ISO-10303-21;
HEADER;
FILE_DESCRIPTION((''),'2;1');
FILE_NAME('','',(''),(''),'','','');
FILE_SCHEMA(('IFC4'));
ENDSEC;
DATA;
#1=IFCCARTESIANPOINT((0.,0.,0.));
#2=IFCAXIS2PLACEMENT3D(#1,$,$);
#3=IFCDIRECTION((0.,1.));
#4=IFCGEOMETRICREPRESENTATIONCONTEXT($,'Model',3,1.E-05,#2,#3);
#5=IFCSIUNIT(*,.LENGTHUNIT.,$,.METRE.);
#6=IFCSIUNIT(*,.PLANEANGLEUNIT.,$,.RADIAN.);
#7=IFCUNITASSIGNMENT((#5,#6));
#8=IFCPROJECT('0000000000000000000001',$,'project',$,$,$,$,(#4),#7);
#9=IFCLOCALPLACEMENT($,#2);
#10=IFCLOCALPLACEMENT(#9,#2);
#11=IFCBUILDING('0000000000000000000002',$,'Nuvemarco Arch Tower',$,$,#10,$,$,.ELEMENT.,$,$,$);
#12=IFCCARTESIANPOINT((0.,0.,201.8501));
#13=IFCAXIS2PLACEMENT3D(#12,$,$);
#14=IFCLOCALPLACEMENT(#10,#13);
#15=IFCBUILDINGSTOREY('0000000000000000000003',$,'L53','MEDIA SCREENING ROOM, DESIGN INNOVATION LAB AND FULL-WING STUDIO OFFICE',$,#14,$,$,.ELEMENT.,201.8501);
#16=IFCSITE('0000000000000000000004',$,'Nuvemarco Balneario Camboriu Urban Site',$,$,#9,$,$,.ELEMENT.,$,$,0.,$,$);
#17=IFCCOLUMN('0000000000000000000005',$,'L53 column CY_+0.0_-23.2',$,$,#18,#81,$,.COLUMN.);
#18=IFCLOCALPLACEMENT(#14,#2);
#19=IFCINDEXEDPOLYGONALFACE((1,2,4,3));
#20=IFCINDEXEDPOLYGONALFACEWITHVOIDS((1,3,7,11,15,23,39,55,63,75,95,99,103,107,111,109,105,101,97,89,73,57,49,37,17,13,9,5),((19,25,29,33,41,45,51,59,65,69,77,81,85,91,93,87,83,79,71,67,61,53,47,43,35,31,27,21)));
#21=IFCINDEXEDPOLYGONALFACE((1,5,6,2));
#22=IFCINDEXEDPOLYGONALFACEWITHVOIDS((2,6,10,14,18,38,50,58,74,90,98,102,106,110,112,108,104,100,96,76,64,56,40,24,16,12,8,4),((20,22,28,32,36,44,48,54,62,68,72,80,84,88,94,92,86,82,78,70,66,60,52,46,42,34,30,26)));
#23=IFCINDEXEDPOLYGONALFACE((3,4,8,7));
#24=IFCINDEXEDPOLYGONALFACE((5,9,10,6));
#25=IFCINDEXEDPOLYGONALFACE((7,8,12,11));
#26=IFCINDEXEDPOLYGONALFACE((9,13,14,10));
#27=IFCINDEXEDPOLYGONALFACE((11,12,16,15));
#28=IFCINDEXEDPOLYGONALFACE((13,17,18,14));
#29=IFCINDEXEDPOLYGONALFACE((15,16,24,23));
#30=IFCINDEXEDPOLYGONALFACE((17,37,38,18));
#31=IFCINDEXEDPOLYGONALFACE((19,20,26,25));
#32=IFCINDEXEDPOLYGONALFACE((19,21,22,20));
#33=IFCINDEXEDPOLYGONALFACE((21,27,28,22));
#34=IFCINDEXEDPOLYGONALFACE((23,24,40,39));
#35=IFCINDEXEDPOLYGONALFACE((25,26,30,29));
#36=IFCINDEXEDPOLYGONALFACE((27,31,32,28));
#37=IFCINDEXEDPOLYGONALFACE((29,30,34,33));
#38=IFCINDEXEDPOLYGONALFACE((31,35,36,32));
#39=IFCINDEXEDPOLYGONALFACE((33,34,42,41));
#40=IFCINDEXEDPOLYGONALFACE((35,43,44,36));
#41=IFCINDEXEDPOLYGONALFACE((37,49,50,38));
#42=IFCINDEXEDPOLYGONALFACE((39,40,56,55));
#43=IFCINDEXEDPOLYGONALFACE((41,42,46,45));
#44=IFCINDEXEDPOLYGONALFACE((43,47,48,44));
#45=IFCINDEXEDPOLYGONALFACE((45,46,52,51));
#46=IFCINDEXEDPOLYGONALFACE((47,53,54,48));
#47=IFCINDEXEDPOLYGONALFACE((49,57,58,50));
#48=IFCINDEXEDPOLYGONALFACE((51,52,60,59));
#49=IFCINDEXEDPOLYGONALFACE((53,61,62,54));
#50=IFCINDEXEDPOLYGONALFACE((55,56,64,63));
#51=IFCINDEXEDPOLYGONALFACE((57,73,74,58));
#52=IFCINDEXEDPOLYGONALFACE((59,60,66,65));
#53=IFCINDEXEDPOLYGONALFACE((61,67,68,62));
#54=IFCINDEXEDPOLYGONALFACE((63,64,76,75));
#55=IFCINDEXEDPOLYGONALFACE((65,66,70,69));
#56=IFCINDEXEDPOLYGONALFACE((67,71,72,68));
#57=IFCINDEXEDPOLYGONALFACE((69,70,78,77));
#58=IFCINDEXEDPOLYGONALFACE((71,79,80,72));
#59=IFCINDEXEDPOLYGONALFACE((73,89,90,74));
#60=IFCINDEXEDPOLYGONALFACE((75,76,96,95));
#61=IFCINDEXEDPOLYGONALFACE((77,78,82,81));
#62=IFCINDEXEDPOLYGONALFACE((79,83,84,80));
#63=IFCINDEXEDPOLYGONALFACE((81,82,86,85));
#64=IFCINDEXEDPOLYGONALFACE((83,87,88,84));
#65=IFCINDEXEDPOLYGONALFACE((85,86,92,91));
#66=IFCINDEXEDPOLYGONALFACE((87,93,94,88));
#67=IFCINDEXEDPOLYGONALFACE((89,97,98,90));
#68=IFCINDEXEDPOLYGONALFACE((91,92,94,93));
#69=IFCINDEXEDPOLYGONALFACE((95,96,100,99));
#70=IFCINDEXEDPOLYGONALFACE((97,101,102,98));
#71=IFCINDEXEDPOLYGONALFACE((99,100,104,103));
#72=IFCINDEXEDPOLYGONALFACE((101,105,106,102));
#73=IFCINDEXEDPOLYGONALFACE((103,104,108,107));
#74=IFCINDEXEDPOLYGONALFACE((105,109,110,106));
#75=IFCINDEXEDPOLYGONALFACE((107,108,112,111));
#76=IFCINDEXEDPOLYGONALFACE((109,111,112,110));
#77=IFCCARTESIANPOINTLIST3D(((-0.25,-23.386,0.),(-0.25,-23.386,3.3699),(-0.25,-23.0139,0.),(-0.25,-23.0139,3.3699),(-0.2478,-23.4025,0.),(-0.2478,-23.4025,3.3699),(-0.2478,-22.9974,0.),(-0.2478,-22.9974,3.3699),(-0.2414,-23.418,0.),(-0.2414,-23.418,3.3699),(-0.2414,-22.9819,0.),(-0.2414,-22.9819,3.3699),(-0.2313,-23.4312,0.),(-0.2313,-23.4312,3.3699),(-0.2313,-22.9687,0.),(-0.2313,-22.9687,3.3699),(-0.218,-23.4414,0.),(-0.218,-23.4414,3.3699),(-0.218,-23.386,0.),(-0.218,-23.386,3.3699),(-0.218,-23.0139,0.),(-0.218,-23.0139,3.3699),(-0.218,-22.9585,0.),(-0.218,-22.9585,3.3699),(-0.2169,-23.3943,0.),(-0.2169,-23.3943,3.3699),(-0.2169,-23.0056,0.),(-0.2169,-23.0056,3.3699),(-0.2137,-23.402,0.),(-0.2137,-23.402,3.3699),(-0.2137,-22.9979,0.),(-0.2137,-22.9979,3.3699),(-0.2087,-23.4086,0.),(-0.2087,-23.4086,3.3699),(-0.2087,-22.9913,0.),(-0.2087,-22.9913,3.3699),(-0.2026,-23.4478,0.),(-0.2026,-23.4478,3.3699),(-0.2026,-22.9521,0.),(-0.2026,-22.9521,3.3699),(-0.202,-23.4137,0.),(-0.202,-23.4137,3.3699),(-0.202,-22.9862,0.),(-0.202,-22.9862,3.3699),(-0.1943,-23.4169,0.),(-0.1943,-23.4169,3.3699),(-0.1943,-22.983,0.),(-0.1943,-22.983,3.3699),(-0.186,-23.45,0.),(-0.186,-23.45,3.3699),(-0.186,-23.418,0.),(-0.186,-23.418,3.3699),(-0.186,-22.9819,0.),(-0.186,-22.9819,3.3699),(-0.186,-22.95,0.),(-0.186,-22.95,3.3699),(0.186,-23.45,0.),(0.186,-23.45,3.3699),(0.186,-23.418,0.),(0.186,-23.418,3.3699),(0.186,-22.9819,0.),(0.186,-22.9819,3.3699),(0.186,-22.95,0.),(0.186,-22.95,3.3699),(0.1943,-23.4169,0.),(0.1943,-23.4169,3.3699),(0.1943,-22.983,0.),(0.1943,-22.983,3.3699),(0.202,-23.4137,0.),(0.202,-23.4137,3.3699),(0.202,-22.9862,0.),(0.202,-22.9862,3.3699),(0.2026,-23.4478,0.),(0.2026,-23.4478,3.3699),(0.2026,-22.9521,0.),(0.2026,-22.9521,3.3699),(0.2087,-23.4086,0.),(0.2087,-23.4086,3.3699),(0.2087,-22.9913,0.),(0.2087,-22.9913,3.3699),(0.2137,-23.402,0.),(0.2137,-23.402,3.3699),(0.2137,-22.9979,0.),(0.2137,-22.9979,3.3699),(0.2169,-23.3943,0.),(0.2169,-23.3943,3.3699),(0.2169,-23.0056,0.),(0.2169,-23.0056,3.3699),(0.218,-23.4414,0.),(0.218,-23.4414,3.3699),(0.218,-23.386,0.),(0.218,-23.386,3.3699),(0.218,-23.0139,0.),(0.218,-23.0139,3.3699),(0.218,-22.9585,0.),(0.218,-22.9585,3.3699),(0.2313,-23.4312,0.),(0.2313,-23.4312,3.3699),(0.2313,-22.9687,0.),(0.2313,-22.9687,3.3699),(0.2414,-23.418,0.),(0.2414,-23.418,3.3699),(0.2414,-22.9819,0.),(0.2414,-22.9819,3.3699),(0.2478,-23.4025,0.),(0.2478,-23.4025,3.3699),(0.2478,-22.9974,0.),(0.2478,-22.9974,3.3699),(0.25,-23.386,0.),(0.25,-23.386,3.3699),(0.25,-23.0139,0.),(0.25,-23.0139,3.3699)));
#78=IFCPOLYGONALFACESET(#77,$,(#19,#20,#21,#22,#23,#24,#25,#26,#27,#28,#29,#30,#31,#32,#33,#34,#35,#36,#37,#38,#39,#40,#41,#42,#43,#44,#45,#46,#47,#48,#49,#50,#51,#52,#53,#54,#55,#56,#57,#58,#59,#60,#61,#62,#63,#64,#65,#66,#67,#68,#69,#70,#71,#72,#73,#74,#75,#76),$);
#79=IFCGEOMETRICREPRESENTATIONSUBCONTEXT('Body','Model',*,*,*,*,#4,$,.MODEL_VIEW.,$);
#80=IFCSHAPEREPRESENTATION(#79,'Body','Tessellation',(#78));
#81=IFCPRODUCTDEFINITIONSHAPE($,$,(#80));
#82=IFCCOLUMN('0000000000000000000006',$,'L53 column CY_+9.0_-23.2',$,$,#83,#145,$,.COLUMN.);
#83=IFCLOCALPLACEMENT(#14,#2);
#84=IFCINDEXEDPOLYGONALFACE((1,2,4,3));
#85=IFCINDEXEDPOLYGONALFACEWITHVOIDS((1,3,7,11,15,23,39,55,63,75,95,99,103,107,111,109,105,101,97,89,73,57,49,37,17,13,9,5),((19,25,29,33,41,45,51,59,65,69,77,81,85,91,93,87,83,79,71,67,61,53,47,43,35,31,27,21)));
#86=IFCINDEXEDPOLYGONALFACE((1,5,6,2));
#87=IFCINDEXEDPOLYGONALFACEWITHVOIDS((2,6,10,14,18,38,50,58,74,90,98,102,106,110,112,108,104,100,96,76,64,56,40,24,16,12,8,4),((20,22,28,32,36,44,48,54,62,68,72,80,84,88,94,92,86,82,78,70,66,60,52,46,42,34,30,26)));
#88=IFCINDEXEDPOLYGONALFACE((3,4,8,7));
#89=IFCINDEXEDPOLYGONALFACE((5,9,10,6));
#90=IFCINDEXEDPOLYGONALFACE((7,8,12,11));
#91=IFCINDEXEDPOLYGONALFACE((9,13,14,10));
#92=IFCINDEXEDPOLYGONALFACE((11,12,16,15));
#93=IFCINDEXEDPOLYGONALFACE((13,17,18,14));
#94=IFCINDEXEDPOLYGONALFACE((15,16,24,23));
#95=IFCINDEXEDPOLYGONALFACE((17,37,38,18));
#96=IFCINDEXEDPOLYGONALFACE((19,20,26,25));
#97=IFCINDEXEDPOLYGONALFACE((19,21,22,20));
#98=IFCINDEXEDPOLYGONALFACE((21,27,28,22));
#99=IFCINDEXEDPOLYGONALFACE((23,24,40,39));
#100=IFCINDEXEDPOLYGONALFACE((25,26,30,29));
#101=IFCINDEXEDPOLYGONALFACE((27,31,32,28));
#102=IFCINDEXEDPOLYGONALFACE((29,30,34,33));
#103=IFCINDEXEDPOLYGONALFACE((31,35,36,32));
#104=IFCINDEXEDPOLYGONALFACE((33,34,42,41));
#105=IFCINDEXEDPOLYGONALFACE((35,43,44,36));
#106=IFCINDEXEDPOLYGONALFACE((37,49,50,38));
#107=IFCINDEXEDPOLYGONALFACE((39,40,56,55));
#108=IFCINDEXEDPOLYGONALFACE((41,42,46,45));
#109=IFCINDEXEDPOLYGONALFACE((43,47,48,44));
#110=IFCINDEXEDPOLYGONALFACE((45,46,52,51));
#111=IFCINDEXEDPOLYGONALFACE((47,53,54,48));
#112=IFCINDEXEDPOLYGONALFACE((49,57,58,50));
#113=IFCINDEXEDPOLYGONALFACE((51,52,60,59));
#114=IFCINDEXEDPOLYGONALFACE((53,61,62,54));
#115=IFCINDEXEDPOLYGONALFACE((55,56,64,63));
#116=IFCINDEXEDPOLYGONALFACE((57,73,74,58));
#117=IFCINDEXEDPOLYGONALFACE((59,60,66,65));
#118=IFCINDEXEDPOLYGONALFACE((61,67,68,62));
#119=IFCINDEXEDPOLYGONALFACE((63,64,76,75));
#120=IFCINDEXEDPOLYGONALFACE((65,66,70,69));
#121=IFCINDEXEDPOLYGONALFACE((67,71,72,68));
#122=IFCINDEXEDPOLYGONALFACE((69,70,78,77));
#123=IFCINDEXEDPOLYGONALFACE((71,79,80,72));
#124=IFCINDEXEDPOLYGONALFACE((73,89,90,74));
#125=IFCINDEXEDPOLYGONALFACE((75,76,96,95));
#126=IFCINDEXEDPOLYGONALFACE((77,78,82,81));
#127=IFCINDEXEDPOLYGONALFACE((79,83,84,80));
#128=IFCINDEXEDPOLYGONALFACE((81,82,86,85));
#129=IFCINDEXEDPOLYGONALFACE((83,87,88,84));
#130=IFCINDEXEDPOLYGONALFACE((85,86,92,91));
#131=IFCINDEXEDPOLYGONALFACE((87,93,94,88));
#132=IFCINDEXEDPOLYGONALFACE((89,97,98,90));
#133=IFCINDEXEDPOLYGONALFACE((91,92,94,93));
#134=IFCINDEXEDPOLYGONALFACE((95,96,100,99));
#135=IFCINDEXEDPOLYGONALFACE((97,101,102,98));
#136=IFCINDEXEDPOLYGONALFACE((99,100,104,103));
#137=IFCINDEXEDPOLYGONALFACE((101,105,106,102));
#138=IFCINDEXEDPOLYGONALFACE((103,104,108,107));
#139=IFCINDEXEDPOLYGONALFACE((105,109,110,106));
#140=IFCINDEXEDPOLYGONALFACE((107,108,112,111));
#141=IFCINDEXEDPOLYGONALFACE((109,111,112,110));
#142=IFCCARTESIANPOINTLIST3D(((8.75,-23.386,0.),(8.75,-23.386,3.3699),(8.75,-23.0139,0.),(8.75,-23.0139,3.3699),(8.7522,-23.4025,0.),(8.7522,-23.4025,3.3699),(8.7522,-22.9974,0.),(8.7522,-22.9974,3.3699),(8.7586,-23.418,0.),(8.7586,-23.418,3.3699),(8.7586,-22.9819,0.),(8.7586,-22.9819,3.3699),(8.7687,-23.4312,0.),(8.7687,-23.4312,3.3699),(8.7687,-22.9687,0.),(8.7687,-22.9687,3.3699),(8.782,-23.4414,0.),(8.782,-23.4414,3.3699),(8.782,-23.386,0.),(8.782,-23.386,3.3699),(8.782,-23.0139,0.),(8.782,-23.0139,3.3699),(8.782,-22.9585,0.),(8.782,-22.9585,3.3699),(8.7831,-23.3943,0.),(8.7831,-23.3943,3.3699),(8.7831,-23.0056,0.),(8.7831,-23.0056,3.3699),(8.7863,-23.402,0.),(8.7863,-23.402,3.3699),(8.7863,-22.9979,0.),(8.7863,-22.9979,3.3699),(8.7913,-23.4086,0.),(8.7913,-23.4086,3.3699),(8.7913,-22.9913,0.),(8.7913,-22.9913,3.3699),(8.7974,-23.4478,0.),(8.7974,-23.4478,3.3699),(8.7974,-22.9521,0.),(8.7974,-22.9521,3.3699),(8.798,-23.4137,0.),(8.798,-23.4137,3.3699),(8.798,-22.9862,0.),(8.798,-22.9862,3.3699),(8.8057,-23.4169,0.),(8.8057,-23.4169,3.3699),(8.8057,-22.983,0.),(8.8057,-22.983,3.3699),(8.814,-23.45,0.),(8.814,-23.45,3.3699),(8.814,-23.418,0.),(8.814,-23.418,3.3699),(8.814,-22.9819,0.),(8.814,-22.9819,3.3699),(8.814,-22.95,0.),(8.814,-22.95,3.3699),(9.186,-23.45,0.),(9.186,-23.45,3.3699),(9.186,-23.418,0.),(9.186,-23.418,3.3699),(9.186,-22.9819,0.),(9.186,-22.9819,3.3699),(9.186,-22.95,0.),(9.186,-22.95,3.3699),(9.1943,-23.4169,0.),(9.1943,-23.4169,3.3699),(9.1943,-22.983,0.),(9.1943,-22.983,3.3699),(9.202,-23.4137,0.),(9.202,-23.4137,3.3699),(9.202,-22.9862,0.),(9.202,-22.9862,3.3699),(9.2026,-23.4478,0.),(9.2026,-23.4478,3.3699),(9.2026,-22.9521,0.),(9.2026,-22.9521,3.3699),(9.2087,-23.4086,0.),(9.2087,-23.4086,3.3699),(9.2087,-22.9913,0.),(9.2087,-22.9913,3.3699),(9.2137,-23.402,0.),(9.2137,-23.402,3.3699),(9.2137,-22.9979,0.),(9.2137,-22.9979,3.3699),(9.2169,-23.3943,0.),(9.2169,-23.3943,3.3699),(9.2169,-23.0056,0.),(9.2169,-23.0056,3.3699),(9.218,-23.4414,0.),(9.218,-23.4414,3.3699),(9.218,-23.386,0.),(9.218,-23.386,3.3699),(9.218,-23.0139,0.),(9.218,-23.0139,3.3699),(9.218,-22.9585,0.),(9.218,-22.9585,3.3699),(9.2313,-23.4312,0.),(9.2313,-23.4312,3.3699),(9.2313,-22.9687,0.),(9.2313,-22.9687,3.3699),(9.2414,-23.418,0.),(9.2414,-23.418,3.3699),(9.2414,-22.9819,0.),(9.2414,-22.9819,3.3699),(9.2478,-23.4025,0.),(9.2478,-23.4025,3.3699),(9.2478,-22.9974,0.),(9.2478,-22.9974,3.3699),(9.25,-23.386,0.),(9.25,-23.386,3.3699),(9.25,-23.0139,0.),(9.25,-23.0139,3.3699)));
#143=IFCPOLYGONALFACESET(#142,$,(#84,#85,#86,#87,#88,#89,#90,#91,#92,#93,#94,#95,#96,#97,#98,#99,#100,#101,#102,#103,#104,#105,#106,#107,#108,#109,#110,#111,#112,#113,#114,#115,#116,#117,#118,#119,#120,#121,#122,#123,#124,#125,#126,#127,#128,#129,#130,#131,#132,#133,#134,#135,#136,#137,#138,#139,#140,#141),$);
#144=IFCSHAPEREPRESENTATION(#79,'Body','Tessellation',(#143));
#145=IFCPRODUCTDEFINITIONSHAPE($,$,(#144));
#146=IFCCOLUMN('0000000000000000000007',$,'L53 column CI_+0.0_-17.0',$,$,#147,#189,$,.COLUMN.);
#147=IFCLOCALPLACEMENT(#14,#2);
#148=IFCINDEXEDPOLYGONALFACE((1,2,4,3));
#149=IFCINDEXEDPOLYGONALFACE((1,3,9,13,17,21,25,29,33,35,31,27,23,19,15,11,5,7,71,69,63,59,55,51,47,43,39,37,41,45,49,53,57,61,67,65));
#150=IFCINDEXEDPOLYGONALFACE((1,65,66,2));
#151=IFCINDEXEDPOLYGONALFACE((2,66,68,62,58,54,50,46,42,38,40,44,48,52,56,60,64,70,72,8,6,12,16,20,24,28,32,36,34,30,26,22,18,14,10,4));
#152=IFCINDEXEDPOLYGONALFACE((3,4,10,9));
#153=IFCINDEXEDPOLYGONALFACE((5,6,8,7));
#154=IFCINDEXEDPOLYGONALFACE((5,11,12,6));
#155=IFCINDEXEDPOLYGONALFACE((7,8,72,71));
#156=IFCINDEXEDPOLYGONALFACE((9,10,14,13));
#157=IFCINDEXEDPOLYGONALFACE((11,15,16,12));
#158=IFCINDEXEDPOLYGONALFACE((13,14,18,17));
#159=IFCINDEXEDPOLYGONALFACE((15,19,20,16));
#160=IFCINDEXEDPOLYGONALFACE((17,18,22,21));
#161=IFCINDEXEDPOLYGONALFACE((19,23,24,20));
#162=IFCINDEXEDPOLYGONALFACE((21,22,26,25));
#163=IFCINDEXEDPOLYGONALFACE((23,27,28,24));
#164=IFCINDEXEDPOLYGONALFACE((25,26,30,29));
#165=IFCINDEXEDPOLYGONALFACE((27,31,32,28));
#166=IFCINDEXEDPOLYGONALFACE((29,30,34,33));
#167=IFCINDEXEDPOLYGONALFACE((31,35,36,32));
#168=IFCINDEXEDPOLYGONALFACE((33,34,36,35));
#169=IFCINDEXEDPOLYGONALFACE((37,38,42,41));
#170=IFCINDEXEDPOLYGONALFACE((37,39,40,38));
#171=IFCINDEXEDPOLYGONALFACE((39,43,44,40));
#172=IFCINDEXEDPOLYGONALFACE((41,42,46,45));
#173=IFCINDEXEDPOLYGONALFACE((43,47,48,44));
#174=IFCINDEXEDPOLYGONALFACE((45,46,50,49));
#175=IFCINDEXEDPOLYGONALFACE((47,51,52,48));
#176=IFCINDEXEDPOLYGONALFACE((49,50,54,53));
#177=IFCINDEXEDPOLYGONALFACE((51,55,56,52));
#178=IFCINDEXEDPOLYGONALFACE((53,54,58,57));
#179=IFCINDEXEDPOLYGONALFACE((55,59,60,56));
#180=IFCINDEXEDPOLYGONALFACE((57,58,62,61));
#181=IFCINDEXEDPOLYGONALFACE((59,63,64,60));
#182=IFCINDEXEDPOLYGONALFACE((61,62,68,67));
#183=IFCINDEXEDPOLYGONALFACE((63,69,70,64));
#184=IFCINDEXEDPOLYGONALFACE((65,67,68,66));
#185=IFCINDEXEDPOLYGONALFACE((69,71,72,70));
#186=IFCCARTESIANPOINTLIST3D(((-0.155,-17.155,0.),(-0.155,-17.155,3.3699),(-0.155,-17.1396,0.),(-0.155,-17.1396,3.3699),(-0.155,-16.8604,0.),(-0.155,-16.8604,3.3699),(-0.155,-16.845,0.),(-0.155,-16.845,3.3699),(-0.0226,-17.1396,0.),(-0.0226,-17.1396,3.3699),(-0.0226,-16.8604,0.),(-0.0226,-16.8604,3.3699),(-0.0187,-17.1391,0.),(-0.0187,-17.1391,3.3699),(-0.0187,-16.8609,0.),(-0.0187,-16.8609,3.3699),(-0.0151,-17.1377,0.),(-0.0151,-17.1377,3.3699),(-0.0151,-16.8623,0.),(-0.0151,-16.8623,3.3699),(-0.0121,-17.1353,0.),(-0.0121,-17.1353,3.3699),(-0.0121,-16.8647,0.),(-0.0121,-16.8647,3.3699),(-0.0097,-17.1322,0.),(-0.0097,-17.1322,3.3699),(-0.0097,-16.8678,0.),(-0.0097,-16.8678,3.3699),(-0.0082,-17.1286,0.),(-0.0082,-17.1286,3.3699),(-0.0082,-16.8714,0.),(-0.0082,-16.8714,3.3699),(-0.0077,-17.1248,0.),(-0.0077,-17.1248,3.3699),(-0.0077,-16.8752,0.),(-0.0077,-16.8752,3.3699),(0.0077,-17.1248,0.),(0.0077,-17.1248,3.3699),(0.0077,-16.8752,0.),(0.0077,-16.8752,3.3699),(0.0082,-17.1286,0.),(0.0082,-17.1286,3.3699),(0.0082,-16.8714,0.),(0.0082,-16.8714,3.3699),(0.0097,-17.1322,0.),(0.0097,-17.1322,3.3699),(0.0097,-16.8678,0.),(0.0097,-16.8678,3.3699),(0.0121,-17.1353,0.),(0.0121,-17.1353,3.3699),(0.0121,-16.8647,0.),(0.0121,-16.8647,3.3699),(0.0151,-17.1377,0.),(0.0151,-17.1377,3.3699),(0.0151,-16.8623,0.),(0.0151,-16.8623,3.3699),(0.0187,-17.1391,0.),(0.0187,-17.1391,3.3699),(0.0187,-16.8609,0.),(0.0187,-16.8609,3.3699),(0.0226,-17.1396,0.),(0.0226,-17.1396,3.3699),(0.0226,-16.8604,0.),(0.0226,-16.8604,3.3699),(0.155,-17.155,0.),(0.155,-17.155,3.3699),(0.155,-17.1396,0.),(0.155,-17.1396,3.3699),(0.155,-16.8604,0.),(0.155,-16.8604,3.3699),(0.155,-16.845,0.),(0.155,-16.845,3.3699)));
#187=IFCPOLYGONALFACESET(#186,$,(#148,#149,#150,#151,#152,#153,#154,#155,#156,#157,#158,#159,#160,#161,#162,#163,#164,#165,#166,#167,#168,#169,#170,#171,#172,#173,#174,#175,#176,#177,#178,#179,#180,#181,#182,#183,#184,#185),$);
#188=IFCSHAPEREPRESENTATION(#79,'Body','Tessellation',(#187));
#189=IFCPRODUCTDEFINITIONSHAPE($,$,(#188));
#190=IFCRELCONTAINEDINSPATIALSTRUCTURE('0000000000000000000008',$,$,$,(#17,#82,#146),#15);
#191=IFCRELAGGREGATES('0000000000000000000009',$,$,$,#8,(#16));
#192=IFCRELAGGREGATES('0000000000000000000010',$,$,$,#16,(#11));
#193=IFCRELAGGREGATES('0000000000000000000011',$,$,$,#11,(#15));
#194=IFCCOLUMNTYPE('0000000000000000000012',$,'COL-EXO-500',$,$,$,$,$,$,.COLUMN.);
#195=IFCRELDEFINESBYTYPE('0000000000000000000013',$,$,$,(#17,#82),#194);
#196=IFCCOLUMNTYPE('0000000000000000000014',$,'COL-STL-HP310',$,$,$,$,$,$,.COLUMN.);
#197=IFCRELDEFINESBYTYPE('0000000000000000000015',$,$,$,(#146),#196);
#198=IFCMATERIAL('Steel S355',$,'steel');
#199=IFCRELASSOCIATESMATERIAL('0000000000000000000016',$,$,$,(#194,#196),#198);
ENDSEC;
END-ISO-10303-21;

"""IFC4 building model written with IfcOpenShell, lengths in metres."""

from ifc_helpers import new_model, si_unit, direction, frame, origin, origin_2d, place, context, subcontext, project, spatial, hollow_rectangle, i_section, extrude, material, material_profile, profile_set, type_object, element, save


model = new_model("IFC4")

# Units and contexts
model_context = context("Model", 3, precision=1e-05, world=origin(), true_north=direction((0.0, 1.0)))
body_context = subcontext(model_context, "Body", "Model", "MODEL_VIEW")
ifc_project = project(units=[si_unit("LENGTHUNIT", "METRE"), si_unit("PLANEANGLEUNIT", "RADIAN")], contexts=[model_context])

# Site, building, storey
site_placement = place(None, origin())
site = spatial("IfcSite", under=ifc_project, at=site_placement, Name="Nuvemarco Balneario Camboriu Urban Site", CompositionType="ELEMENT", RefElevation=0.0)
building_placement = place(site_placement, origin())
building = spatial("IfcBuilding", under=site, at=building_placement, Name="Nuvemarco Arch Tower", CompositionType="ELEMENT")
storey_placement = place(building_placement, frame((0.0, 0.0, 201.8501)))
storey = spatial("IfcBuildingStorey", under=building, at=storey_placement, Name="L53", Description="MEDIA SCREENING ROOM, DESIGN INNOVATION LAB AND FULL-WING STUDIO OFFICE", CompositionType="ELEMENT", Elevation=201.8501)

# Columns
ifc_material_1 = material(Name="Steel S355", Category="steel")
ifc_material_profile_1 = material_profile(ifc_material_1, hollow_rectangle(XDim=0.5, YDim=0.5, WallThickness=0.032, InnerFilletRadius=0.032, OuterFilletRadius=0.064, at=origin_2d()), Name="SHS500x500x32")
ifc_profile_set_1 = profile_set([ifc_material_profile_1], Name="Steel S355")
column_type_1 = type_object("IfcColumnType", Name="COL-EXO-500", PredefinedType="COLUMN", material=ifc_profile_set_1)
for number, where, z_axis, x_axis, name in (
    (1, (0.0, -23.2, 0.0), (0.0, 0.0, 1.0), (1.0, 0.0, 0.0), "L53 column CY_+0.0_-23.2"),
    (2, (9.0, -23.2, 0.0), (0.0, 0.0, 1.0), (1.0, 0.0, 0.0), "L53 column CY_+9.0_-23.2"),
):
    element("IfcColumn", number, at=place(storey_placement, frame(where, z_axis=z_axis, x_axis=x_axis)), inside=storey, type_object=column_type_1, Name=name, PredefinedType="COLUMN", context=body_context, shape_type="SweptSolid", body=[
        extrude(hollow_rectangle(XDim=0.5, YDim=0.5, WallThickness=0.032, InnerFilletRadius=0.032, OuterFilletRadius=0.064, at=origin_2d()), origin(), (0.0, 0.0, 1.0), 3.3699),
    ])
ifc_material_profile_2 = material_profile(ifc_material_1, i_section(OverallWidth=0.3101, OverallDepth=0.3101, WebThickness=0.0154, FlangeThickness=0.0154, FilletRadius=0.0149, at=origin_2d()), Name="HP310x110")
ifc_profile_set_2 = profile_set([ifc_material_profile_2], Name="Steel S355")
column_type_2 = type_object("IfcColumnType", Name="COL-STL-HP310", PredefinedType="COLUMN", material=ifc_profile_set_2)
for number, where, z_axis, x_axis, name in (
    (3, (0.0, -17.0, 0.0), (0.0, 0.0, 1.0), (1.0, 0.0, 0.0), "L53 column CI_+0.0_-17.0"),
):
    element("IfcColumn", number, at=place(storey_placement, frame(where, z_axis=z_axis, x_axis=x_axis)), inside=storey, type_object=column_type_2, Name=name, PredefinedType="COLUMN", context=body_context, shape_type="SweptSolid", body=[
        extrude(i_section(OverallWidth=0.3101, OverallDepth=0.3101, WebThickness=0.0154, FlangeThickness=0.0154, FilletRadius=0.0149, at=origin_2d()), origin(), (0.0, 0.0, 1.0), 3.3699),
    ])

save(model, "model.ifc")
